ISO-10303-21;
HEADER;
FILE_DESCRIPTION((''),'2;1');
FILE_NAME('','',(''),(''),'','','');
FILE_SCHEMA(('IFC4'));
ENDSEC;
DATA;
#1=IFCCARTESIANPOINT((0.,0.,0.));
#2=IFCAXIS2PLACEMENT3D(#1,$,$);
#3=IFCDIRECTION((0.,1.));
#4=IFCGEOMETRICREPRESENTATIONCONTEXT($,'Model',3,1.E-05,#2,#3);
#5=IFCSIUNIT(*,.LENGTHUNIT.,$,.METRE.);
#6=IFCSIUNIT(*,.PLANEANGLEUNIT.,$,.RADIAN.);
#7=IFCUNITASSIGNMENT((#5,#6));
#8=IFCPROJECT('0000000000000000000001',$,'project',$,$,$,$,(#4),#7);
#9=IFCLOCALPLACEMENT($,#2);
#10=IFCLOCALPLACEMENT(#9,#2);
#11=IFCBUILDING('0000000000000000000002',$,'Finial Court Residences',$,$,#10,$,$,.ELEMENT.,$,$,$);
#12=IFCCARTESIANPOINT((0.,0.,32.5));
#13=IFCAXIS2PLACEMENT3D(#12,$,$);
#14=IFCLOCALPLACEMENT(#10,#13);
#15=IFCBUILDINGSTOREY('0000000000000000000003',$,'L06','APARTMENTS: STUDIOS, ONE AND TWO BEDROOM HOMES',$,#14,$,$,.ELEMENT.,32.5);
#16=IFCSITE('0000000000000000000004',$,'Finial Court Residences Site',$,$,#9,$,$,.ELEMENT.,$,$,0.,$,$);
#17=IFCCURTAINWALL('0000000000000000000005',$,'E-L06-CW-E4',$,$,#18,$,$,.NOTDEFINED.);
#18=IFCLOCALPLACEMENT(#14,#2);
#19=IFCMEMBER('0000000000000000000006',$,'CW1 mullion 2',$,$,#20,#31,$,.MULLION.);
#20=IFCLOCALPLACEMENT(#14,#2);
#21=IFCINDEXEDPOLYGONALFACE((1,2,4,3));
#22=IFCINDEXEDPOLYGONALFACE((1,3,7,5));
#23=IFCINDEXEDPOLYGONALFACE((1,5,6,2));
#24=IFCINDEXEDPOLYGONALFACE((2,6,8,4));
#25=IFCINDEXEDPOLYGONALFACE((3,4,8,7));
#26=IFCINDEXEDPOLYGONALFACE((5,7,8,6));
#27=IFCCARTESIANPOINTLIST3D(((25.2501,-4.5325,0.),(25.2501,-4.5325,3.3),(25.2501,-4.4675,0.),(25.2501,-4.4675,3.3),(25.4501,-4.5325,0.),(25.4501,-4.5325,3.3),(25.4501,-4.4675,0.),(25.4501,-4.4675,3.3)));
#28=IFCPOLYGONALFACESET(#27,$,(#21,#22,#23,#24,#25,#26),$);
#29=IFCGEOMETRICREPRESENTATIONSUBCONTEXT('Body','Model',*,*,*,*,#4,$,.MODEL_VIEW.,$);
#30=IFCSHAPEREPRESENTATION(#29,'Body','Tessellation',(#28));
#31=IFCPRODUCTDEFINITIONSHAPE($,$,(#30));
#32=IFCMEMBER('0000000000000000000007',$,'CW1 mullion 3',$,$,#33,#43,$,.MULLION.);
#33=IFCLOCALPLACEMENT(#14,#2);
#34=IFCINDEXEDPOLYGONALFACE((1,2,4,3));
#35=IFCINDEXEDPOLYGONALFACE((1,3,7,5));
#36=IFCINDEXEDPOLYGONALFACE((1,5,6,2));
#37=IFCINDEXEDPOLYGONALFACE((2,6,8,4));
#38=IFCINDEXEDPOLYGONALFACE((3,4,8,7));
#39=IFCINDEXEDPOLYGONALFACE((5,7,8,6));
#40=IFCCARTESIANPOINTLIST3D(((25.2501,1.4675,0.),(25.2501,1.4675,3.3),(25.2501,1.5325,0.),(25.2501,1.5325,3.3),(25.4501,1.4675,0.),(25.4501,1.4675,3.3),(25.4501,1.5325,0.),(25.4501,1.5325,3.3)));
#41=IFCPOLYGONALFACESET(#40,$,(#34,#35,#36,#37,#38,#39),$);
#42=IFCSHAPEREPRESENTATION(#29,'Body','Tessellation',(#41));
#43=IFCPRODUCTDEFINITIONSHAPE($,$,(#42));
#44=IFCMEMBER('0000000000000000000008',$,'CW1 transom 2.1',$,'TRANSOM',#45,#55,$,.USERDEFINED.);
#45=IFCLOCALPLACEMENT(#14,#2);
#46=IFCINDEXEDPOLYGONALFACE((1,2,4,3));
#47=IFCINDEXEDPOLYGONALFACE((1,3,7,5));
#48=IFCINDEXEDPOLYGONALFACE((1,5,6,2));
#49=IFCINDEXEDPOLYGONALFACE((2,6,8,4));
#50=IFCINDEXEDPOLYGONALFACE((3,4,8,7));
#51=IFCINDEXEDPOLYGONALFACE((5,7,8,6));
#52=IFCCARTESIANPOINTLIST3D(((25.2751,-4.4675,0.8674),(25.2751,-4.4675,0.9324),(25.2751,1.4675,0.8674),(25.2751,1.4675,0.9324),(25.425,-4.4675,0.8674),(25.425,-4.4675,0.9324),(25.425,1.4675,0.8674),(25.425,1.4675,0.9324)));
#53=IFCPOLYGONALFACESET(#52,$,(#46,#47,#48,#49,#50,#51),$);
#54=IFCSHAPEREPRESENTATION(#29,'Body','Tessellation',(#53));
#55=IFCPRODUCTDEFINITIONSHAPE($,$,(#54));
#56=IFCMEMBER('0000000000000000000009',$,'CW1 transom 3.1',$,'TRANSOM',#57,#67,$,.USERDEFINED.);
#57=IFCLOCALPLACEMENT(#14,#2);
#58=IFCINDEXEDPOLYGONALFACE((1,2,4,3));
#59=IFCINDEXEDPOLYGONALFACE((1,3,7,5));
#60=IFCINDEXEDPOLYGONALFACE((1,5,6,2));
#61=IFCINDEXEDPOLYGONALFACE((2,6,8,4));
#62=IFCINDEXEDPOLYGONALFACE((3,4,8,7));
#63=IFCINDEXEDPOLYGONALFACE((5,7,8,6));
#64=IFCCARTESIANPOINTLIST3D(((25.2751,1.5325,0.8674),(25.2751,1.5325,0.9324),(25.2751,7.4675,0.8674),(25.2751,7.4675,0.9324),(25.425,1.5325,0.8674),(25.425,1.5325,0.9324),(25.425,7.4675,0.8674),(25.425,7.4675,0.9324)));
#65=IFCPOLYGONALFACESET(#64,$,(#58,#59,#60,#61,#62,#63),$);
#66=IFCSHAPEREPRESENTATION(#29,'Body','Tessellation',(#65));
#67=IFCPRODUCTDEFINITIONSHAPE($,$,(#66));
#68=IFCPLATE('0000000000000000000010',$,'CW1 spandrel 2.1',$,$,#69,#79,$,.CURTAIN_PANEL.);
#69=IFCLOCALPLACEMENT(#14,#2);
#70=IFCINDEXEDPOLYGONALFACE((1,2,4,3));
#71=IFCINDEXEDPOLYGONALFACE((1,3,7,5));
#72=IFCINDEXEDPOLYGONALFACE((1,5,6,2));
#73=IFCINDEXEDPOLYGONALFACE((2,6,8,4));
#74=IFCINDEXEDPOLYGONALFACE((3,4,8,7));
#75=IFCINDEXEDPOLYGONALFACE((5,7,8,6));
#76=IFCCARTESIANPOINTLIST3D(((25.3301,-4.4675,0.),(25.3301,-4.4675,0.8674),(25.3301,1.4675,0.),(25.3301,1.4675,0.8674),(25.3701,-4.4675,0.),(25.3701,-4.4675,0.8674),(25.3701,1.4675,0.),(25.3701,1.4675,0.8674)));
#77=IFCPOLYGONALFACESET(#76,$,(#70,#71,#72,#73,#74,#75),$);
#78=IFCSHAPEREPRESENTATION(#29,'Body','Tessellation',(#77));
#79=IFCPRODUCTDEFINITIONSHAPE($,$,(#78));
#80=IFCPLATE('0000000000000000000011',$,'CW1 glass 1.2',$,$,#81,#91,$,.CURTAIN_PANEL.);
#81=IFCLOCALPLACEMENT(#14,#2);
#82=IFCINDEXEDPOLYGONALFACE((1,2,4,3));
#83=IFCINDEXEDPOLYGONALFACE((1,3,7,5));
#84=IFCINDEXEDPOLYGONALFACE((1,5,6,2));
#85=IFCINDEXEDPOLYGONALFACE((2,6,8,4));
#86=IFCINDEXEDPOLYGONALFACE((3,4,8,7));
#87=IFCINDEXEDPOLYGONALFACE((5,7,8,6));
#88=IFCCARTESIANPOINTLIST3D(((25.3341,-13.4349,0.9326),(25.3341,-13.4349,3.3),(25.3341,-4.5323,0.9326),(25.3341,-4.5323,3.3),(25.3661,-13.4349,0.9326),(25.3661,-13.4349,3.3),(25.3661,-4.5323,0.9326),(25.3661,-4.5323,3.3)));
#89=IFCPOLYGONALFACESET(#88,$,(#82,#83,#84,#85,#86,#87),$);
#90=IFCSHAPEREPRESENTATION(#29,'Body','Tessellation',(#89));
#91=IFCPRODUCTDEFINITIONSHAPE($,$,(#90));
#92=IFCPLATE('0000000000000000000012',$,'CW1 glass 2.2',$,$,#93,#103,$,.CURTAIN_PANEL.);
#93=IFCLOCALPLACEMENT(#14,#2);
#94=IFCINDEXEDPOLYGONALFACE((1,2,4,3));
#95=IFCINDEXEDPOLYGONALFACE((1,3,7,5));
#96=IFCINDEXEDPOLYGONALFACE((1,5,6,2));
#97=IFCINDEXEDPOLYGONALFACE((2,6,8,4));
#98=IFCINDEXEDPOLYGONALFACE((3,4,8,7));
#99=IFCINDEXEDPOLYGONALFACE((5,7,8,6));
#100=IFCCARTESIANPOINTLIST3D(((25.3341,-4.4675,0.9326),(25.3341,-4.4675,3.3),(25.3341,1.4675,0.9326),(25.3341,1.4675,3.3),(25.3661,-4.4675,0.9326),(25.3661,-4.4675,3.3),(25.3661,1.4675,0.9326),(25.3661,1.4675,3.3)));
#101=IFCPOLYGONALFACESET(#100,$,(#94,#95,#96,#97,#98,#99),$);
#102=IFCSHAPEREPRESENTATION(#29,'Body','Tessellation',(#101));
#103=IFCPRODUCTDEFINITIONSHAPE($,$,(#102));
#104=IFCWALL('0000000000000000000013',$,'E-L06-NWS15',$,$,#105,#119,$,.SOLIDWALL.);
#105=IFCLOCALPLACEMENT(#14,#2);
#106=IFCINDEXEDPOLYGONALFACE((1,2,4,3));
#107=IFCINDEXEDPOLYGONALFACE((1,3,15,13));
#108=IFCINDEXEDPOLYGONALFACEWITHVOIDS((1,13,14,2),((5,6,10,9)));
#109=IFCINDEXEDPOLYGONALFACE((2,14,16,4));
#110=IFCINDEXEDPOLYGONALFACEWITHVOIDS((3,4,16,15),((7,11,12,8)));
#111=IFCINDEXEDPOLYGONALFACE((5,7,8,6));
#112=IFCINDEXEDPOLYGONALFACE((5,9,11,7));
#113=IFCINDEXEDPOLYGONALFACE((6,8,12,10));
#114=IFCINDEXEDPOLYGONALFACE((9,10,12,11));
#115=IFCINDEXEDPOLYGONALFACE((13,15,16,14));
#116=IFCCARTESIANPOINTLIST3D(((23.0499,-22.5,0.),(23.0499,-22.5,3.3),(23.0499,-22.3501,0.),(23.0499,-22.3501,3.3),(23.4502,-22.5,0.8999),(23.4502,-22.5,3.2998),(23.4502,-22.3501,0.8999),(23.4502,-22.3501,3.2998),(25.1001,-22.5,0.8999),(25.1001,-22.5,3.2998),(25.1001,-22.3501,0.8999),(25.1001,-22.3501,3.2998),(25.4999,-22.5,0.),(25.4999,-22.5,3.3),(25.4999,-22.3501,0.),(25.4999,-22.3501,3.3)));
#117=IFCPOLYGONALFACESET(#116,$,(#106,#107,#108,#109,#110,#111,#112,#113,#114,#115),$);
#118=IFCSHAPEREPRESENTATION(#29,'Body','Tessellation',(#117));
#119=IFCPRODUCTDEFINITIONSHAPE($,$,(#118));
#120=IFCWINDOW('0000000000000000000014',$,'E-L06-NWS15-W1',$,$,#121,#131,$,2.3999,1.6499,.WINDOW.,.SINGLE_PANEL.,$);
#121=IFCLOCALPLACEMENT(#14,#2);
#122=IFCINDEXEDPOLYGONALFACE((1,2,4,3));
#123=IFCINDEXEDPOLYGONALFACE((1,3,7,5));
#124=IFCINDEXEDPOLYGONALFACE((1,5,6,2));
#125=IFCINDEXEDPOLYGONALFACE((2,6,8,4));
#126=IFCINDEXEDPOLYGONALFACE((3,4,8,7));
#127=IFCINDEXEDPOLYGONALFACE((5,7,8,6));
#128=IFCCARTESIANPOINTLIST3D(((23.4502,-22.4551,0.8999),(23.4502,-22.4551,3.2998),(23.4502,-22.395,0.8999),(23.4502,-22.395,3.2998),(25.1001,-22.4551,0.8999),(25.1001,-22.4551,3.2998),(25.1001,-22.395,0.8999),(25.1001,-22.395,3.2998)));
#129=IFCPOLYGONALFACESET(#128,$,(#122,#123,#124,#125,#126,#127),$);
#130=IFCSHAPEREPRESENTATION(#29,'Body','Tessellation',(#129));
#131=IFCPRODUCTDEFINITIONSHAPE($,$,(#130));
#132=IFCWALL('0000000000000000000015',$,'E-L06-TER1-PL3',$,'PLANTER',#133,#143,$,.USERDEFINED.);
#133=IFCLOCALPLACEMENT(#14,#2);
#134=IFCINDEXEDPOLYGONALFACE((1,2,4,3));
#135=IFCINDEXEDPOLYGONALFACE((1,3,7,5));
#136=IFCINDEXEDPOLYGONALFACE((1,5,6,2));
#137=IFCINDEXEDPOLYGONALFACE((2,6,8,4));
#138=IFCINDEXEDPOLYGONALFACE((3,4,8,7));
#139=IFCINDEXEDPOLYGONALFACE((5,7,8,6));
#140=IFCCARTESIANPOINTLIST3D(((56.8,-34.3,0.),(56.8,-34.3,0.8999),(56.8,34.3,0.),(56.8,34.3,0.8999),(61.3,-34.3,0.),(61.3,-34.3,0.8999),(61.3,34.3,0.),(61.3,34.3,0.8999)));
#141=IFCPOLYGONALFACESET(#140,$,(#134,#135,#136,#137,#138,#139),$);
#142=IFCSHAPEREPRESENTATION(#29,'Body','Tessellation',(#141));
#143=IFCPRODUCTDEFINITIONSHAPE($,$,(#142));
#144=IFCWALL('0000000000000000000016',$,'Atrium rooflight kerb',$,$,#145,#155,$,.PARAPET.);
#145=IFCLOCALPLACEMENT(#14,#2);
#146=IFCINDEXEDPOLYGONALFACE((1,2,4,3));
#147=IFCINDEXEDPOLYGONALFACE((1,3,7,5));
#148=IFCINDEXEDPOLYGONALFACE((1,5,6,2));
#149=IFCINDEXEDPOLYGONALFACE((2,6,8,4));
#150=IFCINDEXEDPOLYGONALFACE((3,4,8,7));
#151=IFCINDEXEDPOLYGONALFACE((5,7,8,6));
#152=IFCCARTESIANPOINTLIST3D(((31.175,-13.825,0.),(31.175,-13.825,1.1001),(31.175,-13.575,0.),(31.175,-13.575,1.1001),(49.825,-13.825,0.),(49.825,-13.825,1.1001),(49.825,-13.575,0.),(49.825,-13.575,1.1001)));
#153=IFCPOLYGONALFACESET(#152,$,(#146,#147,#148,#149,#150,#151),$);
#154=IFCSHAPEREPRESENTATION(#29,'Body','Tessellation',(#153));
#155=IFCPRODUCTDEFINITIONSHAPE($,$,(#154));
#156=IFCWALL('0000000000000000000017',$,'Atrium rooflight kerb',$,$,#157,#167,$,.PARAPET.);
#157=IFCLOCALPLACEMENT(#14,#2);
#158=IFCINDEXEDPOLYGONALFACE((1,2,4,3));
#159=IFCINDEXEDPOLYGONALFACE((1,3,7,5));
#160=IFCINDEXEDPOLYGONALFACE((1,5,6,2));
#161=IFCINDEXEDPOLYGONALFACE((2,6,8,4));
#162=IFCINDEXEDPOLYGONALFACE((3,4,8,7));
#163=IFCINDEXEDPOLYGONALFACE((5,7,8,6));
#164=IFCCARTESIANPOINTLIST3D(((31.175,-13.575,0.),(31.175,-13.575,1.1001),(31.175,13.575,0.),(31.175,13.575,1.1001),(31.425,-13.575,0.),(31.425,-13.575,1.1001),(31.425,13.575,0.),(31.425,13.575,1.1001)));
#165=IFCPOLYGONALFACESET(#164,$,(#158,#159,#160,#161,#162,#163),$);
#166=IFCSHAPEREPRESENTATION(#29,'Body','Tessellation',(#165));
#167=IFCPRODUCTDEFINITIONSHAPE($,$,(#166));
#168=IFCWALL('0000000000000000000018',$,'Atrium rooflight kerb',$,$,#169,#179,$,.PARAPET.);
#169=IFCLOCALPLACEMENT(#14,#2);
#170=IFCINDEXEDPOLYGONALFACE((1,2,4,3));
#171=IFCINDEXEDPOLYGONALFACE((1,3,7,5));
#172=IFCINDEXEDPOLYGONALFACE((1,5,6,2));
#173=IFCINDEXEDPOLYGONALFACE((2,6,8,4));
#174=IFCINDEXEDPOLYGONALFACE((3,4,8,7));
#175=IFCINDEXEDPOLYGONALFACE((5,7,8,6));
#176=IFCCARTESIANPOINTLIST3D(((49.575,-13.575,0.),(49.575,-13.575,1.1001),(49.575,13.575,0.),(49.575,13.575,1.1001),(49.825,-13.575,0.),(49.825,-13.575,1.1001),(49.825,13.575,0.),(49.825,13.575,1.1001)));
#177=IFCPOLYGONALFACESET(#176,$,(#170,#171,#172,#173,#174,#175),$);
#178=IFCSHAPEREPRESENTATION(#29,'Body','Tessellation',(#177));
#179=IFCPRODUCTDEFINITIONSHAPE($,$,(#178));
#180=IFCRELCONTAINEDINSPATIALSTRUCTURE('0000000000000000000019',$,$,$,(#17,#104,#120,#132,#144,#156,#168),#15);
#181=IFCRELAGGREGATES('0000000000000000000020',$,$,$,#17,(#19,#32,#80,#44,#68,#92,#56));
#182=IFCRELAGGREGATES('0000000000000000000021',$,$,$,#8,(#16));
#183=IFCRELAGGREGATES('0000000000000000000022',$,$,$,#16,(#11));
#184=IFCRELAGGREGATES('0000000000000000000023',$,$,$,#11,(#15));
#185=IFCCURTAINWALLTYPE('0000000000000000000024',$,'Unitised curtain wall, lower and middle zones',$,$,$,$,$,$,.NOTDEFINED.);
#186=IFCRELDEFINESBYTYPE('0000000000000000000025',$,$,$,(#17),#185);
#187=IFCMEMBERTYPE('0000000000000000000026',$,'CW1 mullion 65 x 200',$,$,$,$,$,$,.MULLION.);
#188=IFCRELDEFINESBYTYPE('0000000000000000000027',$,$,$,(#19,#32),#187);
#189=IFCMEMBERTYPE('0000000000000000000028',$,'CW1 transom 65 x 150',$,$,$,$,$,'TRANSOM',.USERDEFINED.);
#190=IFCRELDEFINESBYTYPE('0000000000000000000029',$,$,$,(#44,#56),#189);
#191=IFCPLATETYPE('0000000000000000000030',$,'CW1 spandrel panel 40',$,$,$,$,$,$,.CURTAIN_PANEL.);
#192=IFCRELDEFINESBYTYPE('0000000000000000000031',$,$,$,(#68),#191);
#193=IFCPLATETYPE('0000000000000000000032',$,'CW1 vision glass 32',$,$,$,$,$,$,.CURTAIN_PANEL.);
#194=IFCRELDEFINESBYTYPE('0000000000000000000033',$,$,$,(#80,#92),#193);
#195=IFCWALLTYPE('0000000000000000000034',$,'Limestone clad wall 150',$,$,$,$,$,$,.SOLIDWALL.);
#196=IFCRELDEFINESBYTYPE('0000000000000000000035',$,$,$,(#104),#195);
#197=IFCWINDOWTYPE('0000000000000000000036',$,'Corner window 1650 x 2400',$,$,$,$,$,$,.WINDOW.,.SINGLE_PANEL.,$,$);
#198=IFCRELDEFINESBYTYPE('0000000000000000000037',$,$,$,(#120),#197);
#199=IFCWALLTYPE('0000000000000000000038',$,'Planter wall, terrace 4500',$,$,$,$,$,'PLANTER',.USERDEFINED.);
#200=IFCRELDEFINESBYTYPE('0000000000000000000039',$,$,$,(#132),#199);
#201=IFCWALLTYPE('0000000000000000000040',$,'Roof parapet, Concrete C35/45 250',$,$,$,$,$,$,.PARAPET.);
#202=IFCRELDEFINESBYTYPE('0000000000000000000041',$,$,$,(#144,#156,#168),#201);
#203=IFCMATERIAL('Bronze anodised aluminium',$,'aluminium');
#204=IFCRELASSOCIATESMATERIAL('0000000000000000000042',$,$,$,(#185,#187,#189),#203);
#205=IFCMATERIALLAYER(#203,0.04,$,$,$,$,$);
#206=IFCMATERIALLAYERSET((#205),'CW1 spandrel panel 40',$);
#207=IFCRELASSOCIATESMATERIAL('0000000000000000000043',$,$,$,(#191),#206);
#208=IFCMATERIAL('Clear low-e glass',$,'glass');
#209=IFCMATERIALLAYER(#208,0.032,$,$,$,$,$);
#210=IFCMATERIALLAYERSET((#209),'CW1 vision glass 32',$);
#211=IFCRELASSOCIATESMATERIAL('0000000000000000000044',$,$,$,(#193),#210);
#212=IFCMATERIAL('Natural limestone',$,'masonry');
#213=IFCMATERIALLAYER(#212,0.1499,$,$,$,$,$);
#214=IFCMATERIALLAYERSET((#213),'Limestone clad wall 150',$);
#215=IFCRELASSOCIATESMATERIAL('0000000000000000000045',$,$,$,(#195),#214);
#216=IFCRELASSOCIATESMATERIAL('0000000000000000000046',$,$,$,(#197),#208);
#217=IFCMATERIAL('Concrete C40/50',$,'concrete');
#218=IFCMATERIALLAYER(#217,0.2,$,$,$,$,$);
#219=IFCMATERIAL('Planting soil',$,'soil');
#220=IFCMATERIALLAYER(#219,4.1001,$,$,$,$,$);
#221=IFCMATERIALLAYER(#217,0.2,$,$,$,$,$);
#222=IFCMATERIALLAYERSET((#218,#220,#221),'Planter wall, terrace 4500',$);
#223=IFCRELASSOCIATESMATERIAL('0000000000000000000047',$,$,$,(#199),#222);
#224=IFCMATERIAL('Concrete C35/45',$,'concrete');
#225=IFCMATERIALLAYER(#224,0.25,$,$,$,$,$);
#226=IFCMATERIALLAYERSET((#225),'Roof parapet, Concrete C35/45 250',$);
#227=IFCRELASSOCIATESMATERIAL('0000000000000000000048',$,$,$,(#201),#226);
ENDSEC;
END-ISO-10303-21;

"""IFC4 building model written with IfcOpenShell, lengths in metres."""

from ifc_helpers import new_model, si_unit, direction, frame, frame_2d, origin, origin_2d, place, context, subcontext, project, spatial, rectangle, extrude, material, layer, layer_set, material_profile, profile_set, type_object, element, fill, aggregate, save


model = new_model("IFC4")

# Units and contexts
model_context = context("Model", 3, precision=1e-05, world=origin(), true_north=direction((0.0, 1.0)))
body_context = subcontext(model_context, "Body", "Model", "MODEL_VIEW")
ifc_project = project(units=[si_unit("LENGTHUNIT", "METRE"), si_unit("PLANEANGLEUNIT", "RADIAN")], contexts=[model_context])

# Site, building, storey
site_placement = place(None, origin())
site = spatial("IfcSite", under=ifc_project, at=site_placement, Name="Finial Court Residences Site", CompositionType="ELEMENT", RefElevation=0.0)
building_placement = place(site_placement, origin())
building = spatial("IfcBuilding", under=site, at=building_placement, Name="Finial Court Residences", CompositionType="ELEMENT")
storey_placement = place(building_placement, frame((0.0, 0.0, 32.5)))
storey = spatial("IfcBuildingStorey", under=building, at=storey_placement, Name="L06", Description="APARTMENTS: STUDIOS, ONE AND TWO BEDROOM HOMES", CompositionType="ELEMENT", Elevation=32.5)

# Curtain wall, members, plates
ifc_material_1 = material(Name="Bronze anodised aluminium", Category="aluminium")
curtain_wall_type = type_object("IfcCurtainWallType", Name="Unitised curtain wall, lower and middle zones", PredefinedType="NOTDEFINED", material=ifc_material_1)
curtain_wall_placement = place(storey_placement, origin())
curtain_wall = element("IfcCurtainWall", 1, at=curtain_wall_placement, inside=storey, type_object=curtain_wall_type, Name="E-L06-CW-E4", PredefinedType="NOTDEFINED")
ifc_material_profile_1 = material_profile(ifc_material_1, rectangle(XDim=0.2, YDim=0.0649, at=origin_2d()), Name="CW1 mullion 65 x 200")
ifc_profile_set_1 = profile_set([ifc_material_profile_1], Name="Bronze anodised aluminium")
member_type_1 = type_object("IfcMemberType", Name="CW1 mullion 65 x 200", PredefinedType="MULLION", material=ifc_profile_set_1)
member_1_placement = place(storey_placement, frame((25.3501, -4.5, 0.0), z_axis=(0.0, 0.0, 1.0), x_axis=(-1.0, 0.0, 0.0)))
member_1 = element("IfcMember", 2, at=member_1_placement, type_object=member_type_1, Name="CW1 mullion 2", PredefinedType="MULLION", context=body_context, shape_type="SweptSolid", body=[
    extrude(rectangle(XDim=0.2, YDim=0.0649, at=origin_2d()), origin(), (0.0, 0.0, 1.0), 3.3),
])
member_2_placement = place(storey_placement, frame((25.3501, 1.5, 0.0), z_axis=(0.0, 0.0, 1.0), x_axis=(-1.0, 0.0, 0.0)))
member_2 = element("IfcMember", 3, at=member_2_placement, type_object=member_type_1, Name="CW1 mullion 3", PredefinedType="MULLION", context=body_context, shape_type="SweptSolid", body=[
    extrude(rectangle(XDim=0.2, YDim=0.0649, at=origin_2d()), origin(), (0.0, 0.0, 1.0), 3.3),
])
ifc_material_profile_2 = material_profile(ifc_material_1, rectangle(XDim=0.1499, YDim=0.0649, at=origin_2d()), Name="CW1 transom 65 x 150")
ifc_profile_set_2 = profile_set([ifc_material_profile_2], Name="Bronze anodised aluminium")
member_type_2 = type_object("IfcMemberType", Name="CW1 transom 65 x 150", ElementType="TRANSOM", PredefinedType="USERDEFINED", material=ifc_profile_set_2)
member_3_placement = place(storey_placement, frame((25.3501, -4.4675, 0.8999), z_axis=(0.0, 1.0, 0.0), x_axis=(-1.0, 0.0, 0.0)))
member_3 = element("IfcMember", 4, at=member_3_placement, type_object=member_type_2, Name="CW1 transom 2.1", ObjectType="TRANSOM", PredefinedType="USERDEFINED", context=body_context, shape_type="SweptSolid", body=[
    extrude(rectangle(XDim=0.1499, YDim=0.0649, at=origin_2d()), origin(), (0.0, 0.0, 1.0), 5.9351),
])
member_4_placement = place(storey_placement, frame((25.3501, 1.5325, 0.8999), z_axis=(0.0, 1.0, 0.0), x_axis=(-1.0, 0.0, 0.0)))
member_4 = element("IfcMember", 5, at=member_4_placement, type_object=member_type_2, Name="CW1 transom 3.1", ObjectType="TRANSOM", PredefinedType="USERDEFINED", context=body_context, shape_type="SweptSolid", body=[
    extrude(rectangle(XDim=0.1499, YDim=0.0649, at=origin_2d()), origin(), (0.0, 0.0, 1.0), 5.9351),
])
ifc_layer_1 = layer(ifc_material_1, 0.04)
ifc_layer_set_1 = layer_set([ifc_layer_1], Name="CW1 spandrel panel 40")
plate_type_1 = type_object("IfcPlateType", Name="CW1 spandrel panel 40", PredefinedType="CURTAIN_PANEL", material=ifc_layer_set_1)
plate_1_placement = place(storey_placement, frame((25.3501, -1.5, 0.0), z_axis=(0.0, 0.0, 1.0), x_axis=(0.0, 1.0, 0.0)))
plate_1 = element("IfcPlate", 6, at=plate_1_placement, type_object=plate_type_1, Name="CW1 spandrel 2.1", PredefinedType="CURTAIN_PANEL", context=body_context, shape_type="SweptSolid", body=[
    extrude(rectangle(XDim=5.9351, YDim=0.04, at=origin_2d()), origin(), (0.0, 0.0, 1.0), 0.8674),
])
ifc_material_2 = material(Name="Clear low-e glass", Category="glass")
ifc_layer_2 = layer(ifc_material_2, 0.032)
ifc_layer_set_2 = layer_set([ifc_layer_2], Name="CW1 vision glass 32")
plate_type_2 = type_object("IfcPlateType", Name="CW1 vision glass 32", PredefinedType="CURTAIN_PANEL", material=ifc_layer_set_2)
plate_2_placement = place(storey_placement, frame((25.3501, -8.9836, 0.9326), z_axis=(0.0, 0.0, 1.0), x_axis=(0.0, 1.0, 0.0)))
plate_2 = element("IfcPlate", 7, at=plate_2_placement, type_object=plate_type_2, Name="CW1 glass 1.2", PredefinedType="CURTAIN_PANEL", context=body_context, shape_type="SweptSolid", body=[
    extrude(rectangle(XDim=8.9026, YDim=0.032, at=origin_2d()), origin(), (0.0, 0.0, 1.0), 2.3674),
])
plate_3_placement = place(storey_placement, frame((25.3501, -1.5, 0.9326), z_axis=(0.0, 0.0, 1.0), x_axis=(0.0, 1.0, 0.0)))
plate_3 = element("IfcPlate", 8, at=plate_3_placement, type_object=plate_type_2, Name="CW1 glass 2.2", PredefinedType="CURTAIN_PANEL", context=body_context, shape_type="SweptSolid", body=[
    extrude(rectangle(XDim=5.9351, YDim=0.032, at=origin_2d()), origin(), (0.0, 0.0, 1.0), 2.3674),
])
aggregate(curtain_wall, [member_1, member_2, plate_2, member_3, plate_1, plate_3, member_4])

# Wall, opening, window
ifc_material_3 = material(Name="Natural limestone", Category="masonry")
ifc_layer_3 = layer(ifc_material_3, 0.1499)
ifc_layer_set_3 = layer_set([ifc_layer_3], Name="Limestone clad wall 150")
wall_type_1 = type_object("IfcWallType", Name="Limestone clad wall 150", PredefinedType="SOLIDWALL", material=ifc_layer_set_3)
wall_1_placement = place(storey_placement, frame((25.5, -22.425, 0.0), z_axis=(0.0, 0.0, 1.0), x_axis=(-1.0, 0.0, 0.0)))
wall_1 = element("IfcWall", 9, at=wall_1_placement, inside=storey, type_object=wall_type_1, Name="E-L06-NWS15", PredefinedType="SOLIDWALL", context=body_context, shape_type="SweptSolid", body=[
    extrude(rectangle(XDim=2.45, YDim=0.1499, at=frame_2d((1.2251, 0.0))), origin(), (0.0, 0.0, 1.0), 3.3),
])
opening_1_placement = place(wall_1_placement, frame((0.3999, 0.0, 0.8999)))
opening_1 = element("IfcOpeningElement", 10, at=opening_1_placement, cuts=wall_1, PredefinedType="OPENING", context=body_context, shape_type="SweptSolid", body=[
    extrude(rectangle(XDim=1.6499, YDim=2.3999, at=frame_2d((0.825, 1.2))), frame((0.0, 0.085, 0.0), z_axis=(0.0, -1.0, 0.0), x_axis=(1.0, 0.0, 0.0)), (0.0, 0.0, 1.0), 0.1699),
])
window_type_1 = type_object("IfcWindowType", Name="Corner window 1650 x 2400", PartitioningType="SINGLE_PANEL", PredefinedType="WINDOW", material=ifc_material_2)
window_1_placement = place(opening_1_placement, origin())
window_1 = element("IfcWindow", 11, at=window_1_placement, inside=storey, type_object=window_type_1, Name="E-L06-NWS15-W1", OverallHeight=2.3999, OverallWidth=1.6499, PartitioningType="SINGLE_PANEL", PredefinedType="WINDOW", context=body_context, shape_type="SweptSolid", body=[
    extrude(rectangle(XDim=1.6499, YDim=2.3999, at=frame_2d((0.825, 1.2))), frame((0.0, 0.03, 0.0), z_axis=(0.0, -1.0, 0.0), x_axis=(1.0, 0.0, 0.0)), (0.0, 0.0, 1.0), 0.0601),
])
fill(opening_1, window_1)

# Walls
ifc_material_4 = material(Name="Concrete C40/50", Category="concrete")
ifc_layer_4 = layer(ifc_material_4, 0.2)
ifc_material_5 = material(Name="Planting soil", Category="soil")
ifc_layer_5 = layer(ifc_material_5, 4.1001)
ifc_layer_6 = layer(ifc_material_4, 0.2)
ifc_layer_set_4 = layer_set([ifc_layer_4, ifc_layer_5, ifc_layer_6], Name="Planter wall, terrace 4500")
wall_type_2 = type_object("IfcWallType", Name="Planter wall, terrace 4500", ElementType="PLANTER", PredefinedType="USERDEFINED", material=ifc_layer_set_4)
wall_2_placement = place(storey_placement, frame((59.05, -34.3, 0.0), z_axis=(0.0, 0.0, 1.0), x_axis=(0.0, 1.0, 0.0)))
element("IfcWall", 12, at=wall_2_placement, inside=storey, type_object=wall_type_2, Name="E-L06-TER1-PL3", ObjectType="PLANTER", PredefinedType="USERDEFINED", context=body_context, shape_type="SweptSolid", body=[
    extrude(rectangle(XDim=68.6001, YDim=4.5, at=frame_2d((34.3, 0.0))), origin(), (0.0, 0.0, 1.0), 0.8999),
])
ifc_material_6 = material(Name="Concrete C35/45", Category="concrete")
ifc_layer_7 = layer(ifc_material_6, 0.25)
ifc_layer_set_5 = layer_set([ifc_layer_7], Name="Roof parapet, Concrete C35/45 250")
wall_type_3 = type_object("IfcWallType", Name="Roof parapet, Concrete C35/45 250", PredefinedType="PARAPET", material=ifc_layer_set_5)
wall_3_placement = place(storey_placement, frame((31.175, -13.7, 0.0), z_axis=(0.0, 0.0, 1.0), x_axis=(1.0, 0.0, 0.0)))
element("IfcWall", 13, at=wall_3_placement, inside=storey, type_object=wall_type_3, Name="Atrium rooflight kerb", PredefinedType="PARAPET", context=body_context, shape_type="SweptSolid", body=[
    extrude(rectangle(XDim=18.6499, YDim=0.25, at=frame_2d((9.325, 0.0))), origin(), (0.0, 0.0, 1.0), 1.1001),
])
for number, where, z_axis, x_axis, name in (
    (14, (31.3, -13.575, 0.0), (0.0, 0.0, 1.0), (0.0, 1.0, 0.0), "Atrium rooflight kerb"),
    (15, (49.7, -13.575, 0.0), (0.0, 0.0, 1.0), (0.0, 1.0, 0.0), "Atrium rooflight kerb"),
):
    element("IfcWall", number, at=place(storey_placement, frame(where, z_axis=z_axis, x_axis=x_axis)), inside=storey, type_object=wall_type_3, Name=name, PredefinedType="PARAPET", context=body_context, shape_type="SweptSolid", body=[
        extrude(rectangle(XDim=27.1499, YDim=0.25, at=frame_2d((13.575, 0.0))), origin(), (0.0, 0.0, 1.0), 1.1001),
    ])

save(model, "model.ifc")
